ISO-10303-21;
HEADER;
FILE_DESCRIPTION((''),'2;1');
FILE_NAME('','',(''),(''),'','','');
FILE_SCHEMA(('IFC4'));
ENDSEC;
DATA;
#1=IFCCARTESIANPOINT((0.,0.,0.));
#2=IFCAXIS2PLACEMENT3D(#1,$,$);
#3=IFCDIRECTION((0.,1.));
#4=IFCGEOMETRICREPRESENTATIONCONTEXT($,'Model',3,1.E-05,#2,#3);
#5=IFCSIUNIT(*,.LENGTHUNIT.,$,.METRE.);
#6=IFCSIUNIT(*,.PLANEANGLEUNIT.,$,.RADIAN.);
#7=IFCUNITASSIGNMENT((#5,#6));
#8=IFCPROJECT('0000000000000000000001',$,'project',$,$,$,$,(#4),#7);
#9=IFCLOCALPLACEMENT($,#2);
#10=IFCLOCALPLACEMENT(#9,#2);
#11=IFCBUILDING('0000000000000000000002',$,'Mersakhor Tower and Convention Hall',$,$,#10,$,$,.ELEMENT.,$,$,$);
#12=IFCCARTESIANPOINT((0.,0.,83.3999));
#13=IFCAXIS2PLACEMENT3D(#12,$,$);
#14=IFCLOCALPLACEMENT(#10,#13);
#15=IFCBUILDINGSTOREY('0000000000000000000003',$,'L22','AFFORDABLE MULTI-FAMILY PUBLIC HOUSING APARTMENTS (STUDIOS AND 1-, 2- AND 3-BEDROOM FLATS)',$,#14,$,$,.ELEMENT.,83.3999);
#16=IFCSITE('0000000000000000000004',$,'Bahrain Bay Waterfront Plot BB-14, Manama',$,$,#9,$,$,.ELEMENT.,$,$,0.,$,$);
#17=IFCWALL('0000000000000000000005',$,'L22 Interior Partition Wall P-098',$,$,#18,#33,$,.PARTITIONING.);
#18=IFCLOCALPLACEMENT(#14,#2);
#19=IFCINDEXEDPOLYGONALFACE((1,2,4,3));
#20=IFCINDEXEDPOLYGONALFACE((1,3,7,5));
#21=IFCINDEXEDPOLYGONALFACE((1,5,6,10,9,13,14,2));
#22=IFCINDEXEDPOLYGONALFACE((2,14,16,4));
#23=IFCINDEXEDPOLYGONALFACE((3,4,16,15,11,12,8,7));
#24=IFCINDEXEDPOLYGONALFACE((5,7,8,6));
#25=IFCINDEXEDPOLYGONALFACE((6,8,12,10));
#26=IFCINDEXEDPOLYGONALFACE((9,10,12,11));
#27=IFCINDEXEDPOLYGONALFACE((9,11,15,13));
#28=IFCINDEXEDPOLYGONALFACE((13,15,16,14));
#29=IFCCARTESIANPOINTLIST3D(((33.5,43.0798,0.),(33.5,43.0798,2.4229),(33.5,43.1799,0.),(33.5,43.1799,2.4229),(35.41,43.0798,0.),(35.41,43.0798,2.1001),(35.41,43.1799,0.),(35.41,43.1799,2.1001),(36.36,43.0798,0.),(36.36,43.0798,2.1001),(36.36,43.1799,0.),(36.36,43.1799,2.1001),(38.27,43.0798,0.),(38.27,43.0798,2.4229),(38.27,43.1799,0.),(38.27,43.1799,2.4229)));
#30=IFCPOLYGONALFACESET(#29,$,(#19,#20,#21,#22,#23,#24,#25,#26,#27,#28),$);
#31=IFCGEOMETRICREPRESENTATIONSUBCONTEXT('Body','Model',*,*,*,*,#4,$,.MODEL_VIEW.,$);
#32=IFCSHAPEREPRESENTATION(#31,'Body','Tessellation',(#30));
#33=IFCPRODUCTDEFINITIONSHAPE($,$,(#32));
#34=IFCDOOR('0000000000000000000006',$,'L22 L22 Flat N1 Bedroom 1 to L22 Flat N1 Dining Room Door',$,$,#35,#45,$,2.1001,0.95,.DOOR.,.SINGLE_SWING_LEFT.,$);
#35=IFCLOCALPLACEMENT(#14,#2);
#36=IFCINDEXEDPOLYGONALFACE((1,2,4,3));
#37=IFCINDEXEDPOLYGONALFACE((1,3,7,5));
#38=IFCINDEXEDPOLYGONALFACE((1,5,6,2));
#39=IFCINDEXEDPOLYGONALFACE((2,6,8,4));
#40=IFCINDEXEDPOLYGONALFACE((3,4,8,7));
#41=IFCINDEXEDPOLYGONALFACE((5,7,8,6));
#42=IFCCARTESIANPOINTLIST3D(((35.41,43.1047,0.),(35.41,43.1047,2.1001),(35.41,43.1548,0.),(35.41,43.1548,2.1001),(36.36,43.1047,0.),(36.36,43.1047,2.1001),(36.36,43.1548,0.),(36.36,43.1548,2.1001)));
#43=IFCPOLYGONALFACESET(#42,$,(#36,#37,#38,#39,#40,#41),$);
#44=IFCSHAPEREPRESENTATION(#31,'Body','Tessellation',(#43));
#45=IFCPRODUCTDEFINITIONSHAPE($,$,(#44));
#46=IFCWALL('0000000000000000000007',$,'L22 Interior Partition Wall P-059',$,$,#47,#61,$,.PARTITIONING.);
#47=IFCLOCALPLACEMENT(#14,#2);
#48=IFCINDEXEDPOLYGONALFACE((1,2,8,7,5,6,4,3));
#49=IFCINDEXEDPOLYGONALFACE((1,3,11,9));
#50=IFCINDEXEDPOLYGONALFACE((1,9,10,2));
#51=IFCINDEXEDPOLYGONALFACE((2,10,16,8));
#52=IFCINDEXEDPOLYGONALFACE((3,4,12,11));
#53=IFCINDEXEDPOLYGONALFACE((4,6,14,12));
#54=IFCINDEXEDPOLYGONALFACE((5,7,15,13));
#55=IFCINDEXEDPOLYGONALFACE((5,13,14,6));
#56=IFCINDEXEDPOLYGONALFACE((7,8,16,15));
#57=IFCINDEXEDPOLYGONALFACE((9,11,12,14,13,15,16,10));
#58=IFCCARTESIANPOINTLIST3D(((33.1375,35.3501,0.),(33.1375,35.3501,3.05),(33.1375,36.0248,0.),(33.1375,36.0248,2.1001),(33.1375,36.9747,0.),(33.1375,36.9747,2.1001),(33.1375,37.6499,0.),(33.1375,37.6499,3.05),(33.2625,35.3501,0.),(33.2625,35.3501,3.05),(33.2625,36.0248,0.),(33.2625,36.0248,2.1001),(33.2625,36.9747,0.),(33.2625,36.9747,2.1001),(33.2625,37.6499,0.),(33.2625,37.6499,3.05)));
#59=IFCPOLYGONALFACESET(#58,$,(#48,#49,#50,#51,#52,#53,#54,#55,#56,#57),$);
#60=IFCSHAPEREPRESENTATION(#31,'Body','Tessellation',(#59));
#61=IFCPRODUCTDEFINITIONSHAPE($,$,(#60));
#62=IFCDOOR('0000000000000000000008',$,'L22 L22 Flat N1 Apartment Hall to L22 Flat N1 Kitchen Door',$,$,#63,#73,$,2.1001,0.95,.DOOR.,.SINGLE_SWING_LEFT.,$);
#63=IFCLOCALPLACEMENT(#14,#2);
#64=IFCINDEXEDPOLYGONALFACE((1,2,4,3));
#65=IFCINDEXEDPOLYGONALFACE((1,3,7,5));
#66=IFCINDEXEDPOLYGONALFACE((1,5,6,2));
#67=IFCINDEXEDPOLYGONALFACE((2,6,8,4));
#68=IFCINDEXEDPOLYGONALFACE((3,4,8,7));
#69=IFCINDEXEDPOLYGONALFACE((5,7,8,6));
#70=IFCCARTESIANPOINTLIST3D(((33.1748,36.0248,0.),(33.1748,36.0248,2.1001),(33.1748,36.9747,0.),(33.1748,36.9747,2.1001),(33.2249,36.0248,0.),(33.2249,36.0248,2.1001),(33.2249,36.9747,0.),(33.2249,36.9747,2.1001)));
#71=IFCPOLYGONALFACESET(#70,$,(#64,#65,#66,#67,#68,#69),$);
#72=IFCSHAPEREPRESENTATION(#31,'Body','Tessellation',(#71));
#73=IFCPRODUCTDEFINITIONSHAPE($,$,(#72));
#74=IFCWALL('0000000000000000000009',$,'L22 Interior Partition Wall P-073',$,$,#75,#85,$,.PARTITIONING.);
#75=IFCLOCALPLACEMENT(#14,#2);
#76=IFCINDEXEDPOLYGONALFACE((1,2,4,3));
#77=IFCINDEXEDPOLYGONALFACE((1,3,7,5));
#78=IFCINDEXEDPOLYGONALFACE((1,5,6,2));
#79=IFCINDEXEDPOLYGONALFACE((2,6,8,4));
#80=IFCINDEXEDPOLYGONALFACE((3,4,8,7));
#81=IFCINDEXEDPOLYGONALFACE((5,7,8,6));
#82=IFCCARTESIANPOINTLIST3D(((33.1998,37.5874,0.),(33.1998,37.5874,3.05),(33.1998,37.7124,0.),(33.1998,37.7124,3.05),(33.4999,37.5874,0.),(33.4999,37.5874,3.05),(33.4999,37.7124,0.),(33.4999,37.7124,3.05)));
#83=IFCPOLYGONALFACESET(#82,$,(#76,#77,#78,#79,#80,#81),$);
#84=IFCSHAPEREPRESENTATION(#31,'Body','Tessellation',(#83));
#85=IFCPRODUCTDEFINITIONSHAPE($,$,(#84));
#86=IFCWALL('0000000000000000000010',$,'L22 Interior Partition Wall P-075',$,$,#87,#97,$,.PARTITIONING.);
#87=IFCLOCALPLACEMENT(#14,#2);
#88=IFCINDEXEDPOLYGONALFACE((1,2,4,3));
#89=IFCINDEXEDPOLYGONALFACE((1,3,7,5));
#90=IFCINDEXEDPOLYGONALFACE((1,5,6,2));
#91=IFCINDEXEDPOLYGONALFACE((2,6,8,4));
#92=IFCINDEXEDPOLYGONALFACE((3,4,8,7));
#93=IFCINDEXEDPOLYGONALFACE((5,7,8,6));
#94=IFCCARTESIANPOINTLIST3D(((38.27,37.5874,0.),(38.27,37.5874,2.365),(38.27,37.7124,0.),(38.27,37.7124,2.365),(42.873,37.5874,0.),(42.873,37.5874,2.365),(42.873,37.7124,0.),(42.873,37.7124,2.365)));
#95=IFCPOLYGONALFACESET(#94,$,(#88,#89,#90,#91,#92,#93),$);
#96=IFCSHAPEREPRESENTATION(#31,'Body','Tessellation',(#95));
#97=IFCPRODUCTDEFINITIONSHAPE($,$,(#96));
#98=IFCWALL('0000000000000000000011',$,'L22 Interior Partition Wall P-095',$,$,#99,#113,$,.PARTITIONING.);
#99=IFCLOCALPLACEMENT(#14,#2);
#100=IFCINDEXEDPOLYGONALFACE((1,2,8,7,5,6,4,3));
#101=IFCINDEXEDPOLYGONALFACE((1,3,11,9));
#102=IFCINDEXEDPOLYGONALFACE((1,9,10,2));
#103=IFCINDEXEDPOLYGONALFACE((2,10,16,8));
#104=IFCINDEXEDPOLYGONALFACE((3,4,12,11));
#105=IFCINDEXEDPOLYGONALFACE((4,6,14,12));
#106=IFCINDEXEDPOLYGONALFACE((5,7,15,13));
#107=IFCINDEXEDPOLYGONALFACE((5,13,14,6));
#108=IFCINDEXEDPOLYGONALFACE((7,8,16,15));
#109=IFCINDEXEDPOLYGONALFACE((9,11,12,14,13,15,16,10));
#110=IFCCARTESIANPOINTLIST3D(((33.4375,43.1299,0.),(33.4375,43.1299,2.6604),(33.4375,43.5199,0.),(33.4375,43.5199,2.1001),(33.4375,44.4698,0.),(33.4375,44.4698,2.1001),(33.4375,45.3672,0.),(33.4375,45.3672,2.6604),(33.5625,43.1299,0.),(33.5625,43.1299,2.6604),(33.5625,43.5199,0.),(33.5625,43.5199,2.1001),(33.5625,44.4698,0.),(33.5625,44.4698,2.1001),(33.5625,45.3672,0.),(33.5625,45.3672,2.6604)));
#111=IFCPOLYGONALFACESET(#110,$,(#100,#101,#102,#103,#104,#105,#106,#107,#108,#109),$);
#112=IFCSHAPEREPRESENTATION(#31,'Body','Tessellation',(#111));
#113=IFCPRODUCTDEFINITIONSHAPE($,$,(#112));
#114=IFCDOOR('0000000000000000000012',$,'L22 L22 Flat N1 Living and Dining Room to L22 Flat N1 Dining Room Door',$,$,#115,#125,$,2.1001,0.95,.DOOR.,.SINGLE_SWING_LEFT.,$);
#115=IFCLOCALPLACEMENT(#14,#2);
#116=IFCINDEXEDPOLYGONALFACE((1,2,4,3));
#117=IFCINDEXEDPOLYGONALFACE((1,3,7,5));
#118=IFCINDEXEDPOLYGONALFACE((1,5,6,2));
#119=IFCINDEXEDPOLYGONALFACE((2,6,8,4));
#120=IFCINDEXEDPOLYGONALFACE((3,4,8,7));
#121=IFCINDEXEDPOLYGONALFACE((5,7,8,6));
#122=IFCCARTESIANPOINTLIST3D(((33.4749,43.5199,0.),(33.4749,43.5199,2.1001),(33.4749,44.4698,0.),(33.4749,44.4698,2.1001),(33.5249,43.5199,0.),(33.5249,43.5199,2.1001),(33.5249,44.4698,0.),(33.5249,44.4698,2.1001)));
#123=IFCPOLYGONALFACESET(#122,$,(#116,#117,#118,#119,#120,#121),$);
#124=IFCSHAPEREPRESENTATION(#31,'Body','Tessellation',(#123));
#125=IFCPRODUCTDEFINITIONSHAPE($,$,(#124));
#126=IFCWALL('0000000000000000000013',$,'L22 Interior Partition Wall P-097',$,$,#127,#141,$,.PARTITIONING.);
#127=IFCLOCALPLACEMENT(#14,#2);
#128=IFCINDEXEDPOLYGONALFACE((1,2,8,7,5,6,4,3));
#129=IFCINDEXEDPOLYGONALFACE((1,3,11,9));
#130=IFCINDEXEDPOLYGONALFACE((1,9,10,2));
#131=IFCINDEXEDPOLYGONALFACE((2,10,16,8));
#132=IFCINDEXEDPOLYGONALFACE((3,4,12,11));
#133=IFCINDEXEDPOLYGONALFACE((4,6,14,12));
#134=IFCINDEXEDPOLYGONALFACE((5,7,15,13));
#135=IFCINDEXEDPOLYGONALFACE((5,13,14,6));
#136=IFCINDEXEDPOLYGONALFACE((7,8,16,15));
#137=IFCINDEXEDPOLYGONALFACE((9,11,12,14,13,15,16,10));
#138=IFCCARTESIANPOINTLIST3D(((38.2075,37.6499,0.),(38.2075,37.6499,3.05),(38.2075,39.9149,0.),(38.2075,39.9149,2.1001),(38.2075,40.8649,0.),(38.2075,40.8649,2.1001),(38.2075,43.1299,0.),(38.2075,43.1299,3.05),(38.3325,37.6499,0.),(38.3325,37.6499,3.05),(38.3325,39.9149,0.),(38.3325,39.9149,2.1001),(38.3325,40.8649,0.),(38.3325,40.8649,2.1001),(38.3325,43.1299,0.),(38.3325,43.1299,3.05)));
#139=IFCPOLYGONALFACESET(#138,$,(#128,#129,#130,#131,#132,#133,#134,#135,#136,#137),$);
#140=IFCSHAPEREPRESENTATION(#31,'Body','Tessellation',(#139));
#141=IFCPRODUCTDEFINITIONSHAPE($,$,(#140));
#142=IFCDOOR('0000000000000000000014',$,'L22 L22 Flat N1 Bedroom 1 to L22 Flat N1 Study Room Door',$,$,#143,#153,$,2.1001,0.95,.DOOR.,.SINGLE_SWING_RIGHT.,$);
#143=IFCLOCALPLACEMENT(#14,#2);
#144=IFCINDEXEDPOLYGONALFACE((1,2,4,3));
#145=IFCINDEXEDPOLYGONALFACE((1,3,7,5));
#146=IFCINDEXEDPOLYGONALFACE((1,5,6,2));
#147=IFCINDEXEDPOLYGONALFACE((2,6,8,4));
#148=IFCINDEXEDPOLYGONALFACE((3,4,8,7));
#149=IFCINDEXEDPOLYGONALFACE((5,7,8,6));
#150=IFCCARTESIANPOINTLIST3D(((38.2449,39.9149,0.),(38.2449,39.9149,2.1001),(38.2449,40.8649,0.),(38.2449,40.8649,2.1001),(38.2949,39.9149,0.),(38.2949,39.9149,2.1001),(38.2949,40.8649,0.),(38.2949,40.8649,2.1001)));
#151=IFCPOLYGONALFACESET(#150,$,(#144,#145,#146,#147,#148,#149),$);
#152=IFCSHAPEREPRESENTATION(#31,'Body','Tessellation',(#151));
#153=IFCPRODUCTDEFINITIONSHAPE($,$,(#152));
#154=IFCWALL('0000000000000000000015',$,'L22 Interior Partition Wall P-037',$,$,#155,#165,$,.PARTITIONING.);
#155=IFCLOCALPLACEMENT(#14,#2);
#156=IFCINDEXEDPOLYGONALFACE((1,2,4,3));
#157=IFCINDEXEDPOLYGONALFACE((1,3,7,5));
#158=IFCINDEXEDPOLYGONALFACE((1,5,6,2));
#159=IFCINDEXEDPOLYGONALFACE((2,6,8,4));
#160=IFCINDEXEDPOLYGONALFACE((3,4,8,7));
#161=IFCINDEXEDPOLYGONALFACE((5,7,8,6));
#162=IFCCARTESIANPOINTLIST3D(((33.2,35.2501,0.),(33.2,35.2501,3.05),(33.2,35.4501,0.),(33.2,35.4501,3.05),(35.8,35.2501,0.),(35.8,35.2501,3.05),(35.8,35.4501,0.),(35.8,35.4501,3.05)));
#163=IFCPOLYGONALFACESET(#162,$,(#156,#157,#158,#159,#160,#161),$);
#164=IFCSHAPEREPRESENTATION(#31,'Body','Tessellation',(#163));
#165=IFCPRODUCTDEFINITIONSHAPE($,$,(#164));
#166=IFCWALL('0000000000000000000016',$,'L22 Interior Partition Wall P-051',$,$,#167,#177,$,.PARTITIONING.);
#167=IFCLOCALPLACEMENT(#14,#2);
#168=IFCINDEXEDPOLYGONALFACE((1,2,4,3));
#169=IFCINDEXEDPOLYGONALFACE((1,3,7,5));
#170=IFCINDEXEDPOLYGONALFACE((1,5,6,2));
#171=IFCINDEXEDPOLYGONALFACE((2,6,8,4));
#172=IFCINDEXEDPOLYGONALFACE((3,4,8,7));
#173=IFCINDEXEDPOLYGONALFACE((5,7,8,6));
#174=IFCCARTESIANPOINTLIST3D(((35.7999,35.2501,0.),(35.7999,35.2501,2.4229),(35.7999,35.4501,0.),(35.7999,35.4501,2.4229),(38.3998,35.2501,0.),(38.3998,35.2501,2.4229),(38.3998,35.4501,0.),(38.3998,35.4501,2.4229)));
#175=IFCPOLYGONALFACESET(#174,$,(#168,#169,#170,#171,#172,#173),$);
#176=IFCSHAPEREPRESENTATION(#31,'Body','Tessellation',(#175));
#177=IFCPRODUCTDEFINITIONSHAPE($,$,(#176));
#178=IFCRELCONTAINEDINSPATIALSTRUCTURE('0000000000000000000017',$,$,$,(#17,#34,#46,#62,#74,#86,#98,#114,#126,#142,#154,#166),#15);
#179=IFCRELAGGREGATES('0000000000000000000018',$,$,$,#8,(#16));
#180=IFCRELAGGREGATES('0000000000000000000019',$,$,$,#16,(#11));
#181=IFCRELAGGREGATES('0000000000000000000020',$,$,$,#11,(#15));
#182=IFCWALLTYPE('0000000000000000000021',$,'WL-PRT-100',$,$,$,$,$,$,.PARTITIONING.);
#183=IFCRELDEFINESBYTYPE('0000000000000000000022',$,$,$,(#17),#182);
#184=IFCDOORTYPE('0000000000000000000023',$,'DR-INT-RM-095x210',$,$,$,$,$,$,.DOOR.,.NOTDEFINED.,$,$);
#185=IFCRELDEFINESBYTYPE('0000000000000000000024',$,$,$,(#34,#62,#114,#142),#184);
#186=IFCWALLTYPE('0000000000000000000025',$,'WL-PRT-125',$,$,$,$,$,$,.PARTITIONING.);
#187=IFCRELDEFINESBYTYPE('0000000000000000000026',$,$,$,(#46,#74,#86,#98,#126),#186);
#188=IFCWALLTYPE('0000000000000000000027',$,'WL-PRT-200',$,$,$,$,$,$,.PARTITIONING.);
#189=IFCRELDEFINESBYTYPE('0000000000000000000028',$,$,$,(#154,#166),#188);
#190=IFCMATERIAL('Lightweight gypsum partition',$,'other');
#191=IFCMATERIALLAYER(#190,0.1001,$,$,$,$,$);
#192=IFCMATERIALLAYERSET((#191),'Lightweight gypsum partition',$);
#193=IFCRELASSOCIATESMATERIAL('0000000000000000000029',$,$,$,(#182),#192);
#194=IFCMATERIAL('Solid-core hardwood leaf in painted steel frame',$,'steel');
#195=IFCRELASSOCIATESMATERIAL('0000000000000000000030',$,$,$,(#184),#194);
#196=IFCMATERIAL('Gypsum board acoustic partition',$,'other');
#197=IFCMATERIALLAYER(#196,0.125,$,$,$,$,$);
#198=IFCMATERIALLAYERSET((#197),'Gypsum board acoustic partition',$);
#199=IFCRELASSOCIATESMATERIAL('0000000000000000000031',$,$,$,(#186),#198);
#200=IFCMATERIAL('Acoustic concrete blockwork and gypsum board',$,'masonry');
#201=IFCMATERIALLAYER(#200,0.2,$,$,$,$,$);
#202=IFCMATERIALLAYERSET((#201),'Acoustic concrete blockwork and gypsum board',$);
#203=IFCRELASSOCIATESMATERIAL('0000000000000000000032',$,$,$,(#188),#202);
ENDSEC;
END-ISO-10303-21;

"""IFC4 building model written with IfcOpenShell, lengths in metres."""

from ifc_helpers import new_model, si_unit, direction, frame, frame_2d, origin, place, context, subcontext, project, spatial, rectangle, extrude, material, layer, layer_set, type_object, element, fill, save


model = new_model("IFC4")

# Units and contexts
model_context = context("Model", 3, precision=1e-05, world=origin(), true_north=direction((0.0, 1.0)))
body_context = subcontext(model_context, "Body", "Model", "MODEL_VIEW")
ifc_project = project(units=[si_unit("LENGTHUNIT", "METRE"), si_unit("PLANEANGLEUNIT", "RADIAN")], contexts=[model_context])

# Site, building, storey
site_placement = place(None, origin())
site = spatial("IfcSite", under=ifc_project, at=site_placement, Name="Bahrain Bay Waterfront Plot BB-14, Manama", CompositionType="ELEMENT", RefElevation=0.0)
building_placement = place(site_placement, origin())
building = spatial("IfcBuilding", under=site, at=building_placement, Name="Mersakhor Tower and Convention Hall", CompositionType="ELEMENT")
storey_placement = place(building_placement, frame((0.0, 0.0, 83.3999)))
storey = spatial("IfcBuildingStorey", under=building, at=storey_placement, Name="L22", Description="AFFORDABLE MULTI-FAMILY PUBLIC HOUSING APARTMENTS (STUDIOS AND 1-, 2- AND 3-BEDROOM FLATS)", CompositionType="ELEMENT", Elevation=83.3999)

# Shared definitions
ifc_material_1 = material(Name="Lightweight gypsum partition", Category="other")
ifc_layer_1 = layer(ifc_material_1, 0.1001)
ifc_layer_set_1 = layer_set([ifc_layer_1], Name="Lightweight gypsum partition")
wall_type_1 = type_object("IfcWallType", Name="WL-PRT-100", PredefinedType="PARTITIONING", material=ifc_layer_set_1)
ifc_material_2 = material(Name="Solid-core hardwood leaf in painted steel frame", Category="steel")
door_type_1 = type_object("IfcDoorType", Name="DR-INT-RM-095x210", OperationType="NOTDEFINED", PredefinedType="DOOR", material=ifc_material_2)

# Walls, openings, doors
wall_1_placement = place(storey_placement, frame((33.5, 43.1299, 0.0), z_axis=(0.0, 0.0, 1.0), x_axis=(1.0, 0.0, 0.0)))
wall_1 = element("IfcWall", 1, at=wall_1_placement, inside=storey, type_object=wall_type_1, Name="L22 Interior Partition Wall P-098", PredefinedType="PARTITIONING", context=body_context, shape_type="SweptSolid", body=[
    extrude(rectangle(XDim=4.77, YDim=0.1001, at=frame_2d((2.385, 0.0))), origin(), (0.0, 0.0, 1.0), 2.4229),
])
opening_1_placement = place(wall_1_placement, frame((1.9099, 0.0, 0.0)))
opening_1 = element("IfcOpeningElement", 2, at=opening_1_placement, cuts=wall_1, PredefinedType="OPENING", context=body_context, shape_type="SweptSolid", body=[
    extrude(rectangle(XDim=0.95, YDim=2.1001, at=frame_2d((0.4751, 1.05))), frame((0.0, 0.0601, 0.0), z_axis=(0.0, -1.0, 0.0), x_axis=(1.0, 0.0, 0.0)), (0.0, 0.0, 1.0), 0.1201),
])
door_1_placement = place(opening_1_placement, origin())
door_1 = element("IfcDoor", 3, at=door_1_placement, inside=storey, type_object=door_type_1, Name="L22 L22 Flat N1 Bedroom 1 to L22 Flat N1 Dining Room Door", OperationType="SINGLE_SWING_LEFT", OverallHeight=2.1001, OverallWidth=0.95, PredefinedType="DOOR", context=body_context, shape_type="SweptSolid", body=[
    extrude(rectangle(XDim=0.95, YDim=2.1001, at=frame_2d((0.4751, 1.05))), frame((0.0, 0.0249, 0.0), z_axis=(0.0, -1.0, 0.0), x_axis=(1.0, 0.0, 0.0)), (0.0, 0.0, 1.0), 0.05),
])
fill(opening_1, door_1)
ifc_material_3 = material(Name="Gypsum board acoustic partition", Category="other")
ifc_layer_2 = layer(ifc_material_3, 0.125)
ifc_layer_set_2 = layer_set([ifc_layer_2], Name="Gypsum board acoustic partition")
wall_type_2 = type_object("IfcWallType", Name="WL-PRT-125", PredefinedType="PARTITIONING", material=ifc_layer_set_2)
wall_2_placement = place(storey_placement, frame((33.2, 37.6499, 0.0), z_axis=(0.0, 0.0, 1.0), x_axis=(0.0, -1.0, 0.0)))
wall_2 = element("IfcWall", 4, at=wall_2_placement, inside=storey, type_object=wall_type_2, Name="L22 Interior Partition Wall P-059", PredefinedType="PARTITIONING", context=body_context, shape_type="SweptSolid", body=[
    extrude(rectangle(XDim=2.2998, YDim=0.125, at=frame_2d((1.1499, 0.0))), origin(), (0.0, 0.0, 1.0), 3.05),
])
opening_2_placement = place(wall_2_placement, frame((0.675, 0.0, 0.0)))
opening_2 = element("IfcOpeningElement", 5, at=opening_2_placement, cuts=wall_2, PredefinedType="OPENING", context=body_context, shape_type="SweptSolid", body=[
    extrude(rectangle(XDim=0.95, YDim=2.1001, at=frame_2d((0.4751, 1.05))), frame((0.0, 0.0725, 0.0), z_axis=(0.0, -1.0, 0.0), x_axis=(1.0, 0.0, 0.0)), (0.0, 0.0, 1.0), 0.145),
])
door_2_placement = place(opening_2_placement, origin())
door_2 = element("IfcDoor", 6, at=door_2_placement, inside=storey, type_object=door_type_1, Name="L22 L22 Flat N1 Apartment Hall to L22 Flat N1 Kitchen Door", OperationType="SINGLE_SWING_LEFT", OverallHeight=2.1001, OverallWidth=0.95, PredefinedType="DOOR", context=body_context, shape_type="SweptSolid", body=[
    extrude(rectangle(XDim=0.95, YDim=2.1001, at=frame_2d((0.4751, 1.05))), frame((0.0, 0.0249, 0.0), z_axis=(0.0, -1.0, 0.0), x_axis=(1.0, 0.0, 0.0)), (0.0, 0.0, 1.0), 0.05),
])
fill(opening_2, door_2)

# Walls
wall_3_placement = place(storey_placement, frame((33.2, 37.6499, 0.0), z_axis=(0.0, 0.0, 1.0), x_axis=(1.0, 0.0, 0.0)))
element("IfcWall", 7, at=wall_3_placement, inside=storey, type_object=wall_type_2, Name="L22 Interior Partition Wall P-073", PredefinedType="PARTITIONING", context=body_context, shape_type="SweptSolid", body=[
    extrude(rectangle(XDim=0.3, YDim=0.125, at=frame_2d((0.1499, 0.0))), origin(), (0.0, 0.0, 1.0), 3.05),
])
wall_4_placement = place(storey_placement, frame((38.27, 37.6499, 0.0), z_axis=(0.0, 0.0, 1.0), x_axis=(1.0, 0.0, 0.0)))
element("IfcWall", 8, at=wall_4_placement, inside=storey, type_object=wall_type_2, Name="L22 Interior Partition Wall P-075", PredefinedType="PARTITIONING", context=body_context, shape_type="SweptSolid", body=[
    extrude(rectangle(XDim=4.603, YDim=0.125, at=frame_2d((2.3015, 0.0))), origin(), (0.0, 0.0, 1.0), 2.365),
])

# Walls, openings, doors
wall_5_placement = place(storey_placement, frame((33.5, 45.3672, 0.0), z_axis=(0.0, 0.0, 1.0), x_axis=(0.0, -1.0, 0.0)))
wall_5 = element("IfcWall", 9, at=wall_5_placement, inside=storey, type_object=wall_type_2, Name="L22 Interior Partition Wall P-095", PredefinedType="PARTITIONING", context=body_context, shape_type="SweptSolid", body=[
    extrude(rectangle(XDim=2.2373, YDim=0.125, at=frame_2d((1.1187, 0.0))), origin(), (0.0, 0.0, 1.0), 2.6604),
])
opening_3_placement = place(wall_5_placement, frame((0.8972, 0.0, 0.0)))
opening_3 = element("IfcOpeningElement", 10, at=opening_3_placement, cuts=wall_5, PredefinedType="OPENING", context=body_context, shape_type="SweptSolid", body=[
    extrude(rectangle(XDim=0.95, YDim=2.1001, at=frame_2d((0.4751, 1.05))), frame((0.0, 0.0725, 0.0), z_axis=(0.0, -1.0, 0.0), x_axis=(1.0, 0.0, 0.0)), (0.0, 0.0, 1.0), 0.145),
])
door_3_placement = place(opening_3_placement, origin())
door_3 = element("IfcDoor", 11, at=door_3_placement, inside=storey, type_object=door_type_1, Name="L22 L22 Flat N1 Living and Dining Room to L22 Flat N1 Dining Room Door", OperationType="SINGLE_SWING_LEFT", OverallHeight=2.1001, OverallWidth=0.95, PredefinedType="DOOR", context=body_context, shape_type="SweptSolid", body=[
    extrude(rectangle(XDim=0.95, YDim=2.1001, at=frame_2d((0.4751, 1.05))), frame((0.0, 0.0249, 0.0), z_axis=(0.0, -1.0, 0.0), x_axis=(1.0, 0.0, 0.0)), (0.0, 0.0, 1.0), 0.05),
])
fill(opening_3, door_3)
wall_6_placement = place(storey_placement, frame((38.27, 43.1299, 0.0), z_axis=(0.0, 0.0, 1.0), x_axis=(0.0, -1.0, 0.0)))
wall_6 = element("IfcWall", 12, at=wall_6_placement, inside=storey, type_object=wall_type_2, Name="L22 Interior Partition Wall P-097", PredefinedType="PARTITIONING", context=body_context, shape_type="SweptSolid", body=[
    extrude(rectangle(XDim=5.48, YDim=0.125, at=frame_2d((2.74, 0.0))), origin(), (0.0, 0.0, 1.0), 3.05),
])
opening_4_placement = place(wall_6_placement, frame((2.2649, 0.0, 0.0)))
opening_4 = element("IfcOpeningElement", 13, at=opening_4_placement, cuts=wall_6, PredefinedType="OPENING", context=body_context, shape_type="SweptSolid", body=[
    extrude(rectangle(XDim=0.95, YDim=2.1001, at=frame_2d((0.4751, 1.05))), frame((0.0, 0.0725, 0.0), z_axis=(0.0, -1.0, 0.0), x_axis=(1.0, 0.0, 0.0)), (0.0, 0.0, 1.0), 0.145),
])
door_4_placement = place(opening_4_placement, origin())
door_4 = element("IfcDoor", 14, at=door_4_placement, inside=storey, type_object=door_type_1, Name="L22 L22 Flat N1 Bedroom 1 to L22 Flat N1 Study Room Door", OperationType="SINGLE_SWING_RIGHT", OverallHeight=2.1001, OverallWidth=0.95, PredefinedType="DOOR", context=body_context, shape_type="SweptSolid", body=[
    extrude(rectangle(XDim=0.95, YDim=2.1001, at=frame_2d((0.4751, 1.05))), frame((0.0, 0.0249, 0.0), z_axis=(0.0, -1.0, 0.0), x_axis=(1.0, 0.0, 0.0)), (0.0, 0.0, 1.0), 0.05),
])
fill(opening_4, door_4)
ifc_material_4 = material(Name="Acoustic concrete blockwork and gypsum board", Category="masonry")
ifc_layer_3 = layer(ifc_material_4, 0.2)
ifc_layer_set_3 = layer_set([ifc_layer_3], Name="Acoustic concrete blockwork and gypsum board")
wall_type_3 = type_object("IfcWallType", Name="WL-PRT-200", PredefinedType="PARTITIONING", material=ifc_layer_set_3)

# Wall
wall_7_placement = place(storey_placement, frame((33.2, 35.3501, 0.0), z_axis=(0.0, 0.0, 1.0), x_axis=(1.0, 0.0, 0.0)))
element("IfcWall", 15, at=wall_7_placement, inside=storey, type_object=wall_type_3, Name="L22 Interior Partition Wall P-037", PredefinedType="PARTITIONING", context=body_context, shape_type="SweptSolid", body=[
    extrude(rectangle(XDim=2.6001, YDim=0.2, at=frame_2d((1.3, 0.0))), origin(), (0.0, 0.0, 1.0), 3.05),
])

# Wall
wall_8_placement = place(storey_placement, frame((35.8, 35.3501, 0.0), z_axis=(0.0, 0.0, 1.0), x_axis=(1.0, 0.0, 0.0)))
element("IfcWall", 16, at=wall_8_placement, inside=storey, type_object=wall_type_3, Name="L22 Interior Partition Wall P-051", PredefinedType="PARTITIONING", context=body_context, shape_type="SweptSolid", body=[
    extrude(rectangle(XDim=2.5999, YDim=0.2, at=frame_2d((1.2998, 0.0))), origin(), (0.0, 0.0, 1.0), 2.4229),
])

save(model, "model.ifc")
